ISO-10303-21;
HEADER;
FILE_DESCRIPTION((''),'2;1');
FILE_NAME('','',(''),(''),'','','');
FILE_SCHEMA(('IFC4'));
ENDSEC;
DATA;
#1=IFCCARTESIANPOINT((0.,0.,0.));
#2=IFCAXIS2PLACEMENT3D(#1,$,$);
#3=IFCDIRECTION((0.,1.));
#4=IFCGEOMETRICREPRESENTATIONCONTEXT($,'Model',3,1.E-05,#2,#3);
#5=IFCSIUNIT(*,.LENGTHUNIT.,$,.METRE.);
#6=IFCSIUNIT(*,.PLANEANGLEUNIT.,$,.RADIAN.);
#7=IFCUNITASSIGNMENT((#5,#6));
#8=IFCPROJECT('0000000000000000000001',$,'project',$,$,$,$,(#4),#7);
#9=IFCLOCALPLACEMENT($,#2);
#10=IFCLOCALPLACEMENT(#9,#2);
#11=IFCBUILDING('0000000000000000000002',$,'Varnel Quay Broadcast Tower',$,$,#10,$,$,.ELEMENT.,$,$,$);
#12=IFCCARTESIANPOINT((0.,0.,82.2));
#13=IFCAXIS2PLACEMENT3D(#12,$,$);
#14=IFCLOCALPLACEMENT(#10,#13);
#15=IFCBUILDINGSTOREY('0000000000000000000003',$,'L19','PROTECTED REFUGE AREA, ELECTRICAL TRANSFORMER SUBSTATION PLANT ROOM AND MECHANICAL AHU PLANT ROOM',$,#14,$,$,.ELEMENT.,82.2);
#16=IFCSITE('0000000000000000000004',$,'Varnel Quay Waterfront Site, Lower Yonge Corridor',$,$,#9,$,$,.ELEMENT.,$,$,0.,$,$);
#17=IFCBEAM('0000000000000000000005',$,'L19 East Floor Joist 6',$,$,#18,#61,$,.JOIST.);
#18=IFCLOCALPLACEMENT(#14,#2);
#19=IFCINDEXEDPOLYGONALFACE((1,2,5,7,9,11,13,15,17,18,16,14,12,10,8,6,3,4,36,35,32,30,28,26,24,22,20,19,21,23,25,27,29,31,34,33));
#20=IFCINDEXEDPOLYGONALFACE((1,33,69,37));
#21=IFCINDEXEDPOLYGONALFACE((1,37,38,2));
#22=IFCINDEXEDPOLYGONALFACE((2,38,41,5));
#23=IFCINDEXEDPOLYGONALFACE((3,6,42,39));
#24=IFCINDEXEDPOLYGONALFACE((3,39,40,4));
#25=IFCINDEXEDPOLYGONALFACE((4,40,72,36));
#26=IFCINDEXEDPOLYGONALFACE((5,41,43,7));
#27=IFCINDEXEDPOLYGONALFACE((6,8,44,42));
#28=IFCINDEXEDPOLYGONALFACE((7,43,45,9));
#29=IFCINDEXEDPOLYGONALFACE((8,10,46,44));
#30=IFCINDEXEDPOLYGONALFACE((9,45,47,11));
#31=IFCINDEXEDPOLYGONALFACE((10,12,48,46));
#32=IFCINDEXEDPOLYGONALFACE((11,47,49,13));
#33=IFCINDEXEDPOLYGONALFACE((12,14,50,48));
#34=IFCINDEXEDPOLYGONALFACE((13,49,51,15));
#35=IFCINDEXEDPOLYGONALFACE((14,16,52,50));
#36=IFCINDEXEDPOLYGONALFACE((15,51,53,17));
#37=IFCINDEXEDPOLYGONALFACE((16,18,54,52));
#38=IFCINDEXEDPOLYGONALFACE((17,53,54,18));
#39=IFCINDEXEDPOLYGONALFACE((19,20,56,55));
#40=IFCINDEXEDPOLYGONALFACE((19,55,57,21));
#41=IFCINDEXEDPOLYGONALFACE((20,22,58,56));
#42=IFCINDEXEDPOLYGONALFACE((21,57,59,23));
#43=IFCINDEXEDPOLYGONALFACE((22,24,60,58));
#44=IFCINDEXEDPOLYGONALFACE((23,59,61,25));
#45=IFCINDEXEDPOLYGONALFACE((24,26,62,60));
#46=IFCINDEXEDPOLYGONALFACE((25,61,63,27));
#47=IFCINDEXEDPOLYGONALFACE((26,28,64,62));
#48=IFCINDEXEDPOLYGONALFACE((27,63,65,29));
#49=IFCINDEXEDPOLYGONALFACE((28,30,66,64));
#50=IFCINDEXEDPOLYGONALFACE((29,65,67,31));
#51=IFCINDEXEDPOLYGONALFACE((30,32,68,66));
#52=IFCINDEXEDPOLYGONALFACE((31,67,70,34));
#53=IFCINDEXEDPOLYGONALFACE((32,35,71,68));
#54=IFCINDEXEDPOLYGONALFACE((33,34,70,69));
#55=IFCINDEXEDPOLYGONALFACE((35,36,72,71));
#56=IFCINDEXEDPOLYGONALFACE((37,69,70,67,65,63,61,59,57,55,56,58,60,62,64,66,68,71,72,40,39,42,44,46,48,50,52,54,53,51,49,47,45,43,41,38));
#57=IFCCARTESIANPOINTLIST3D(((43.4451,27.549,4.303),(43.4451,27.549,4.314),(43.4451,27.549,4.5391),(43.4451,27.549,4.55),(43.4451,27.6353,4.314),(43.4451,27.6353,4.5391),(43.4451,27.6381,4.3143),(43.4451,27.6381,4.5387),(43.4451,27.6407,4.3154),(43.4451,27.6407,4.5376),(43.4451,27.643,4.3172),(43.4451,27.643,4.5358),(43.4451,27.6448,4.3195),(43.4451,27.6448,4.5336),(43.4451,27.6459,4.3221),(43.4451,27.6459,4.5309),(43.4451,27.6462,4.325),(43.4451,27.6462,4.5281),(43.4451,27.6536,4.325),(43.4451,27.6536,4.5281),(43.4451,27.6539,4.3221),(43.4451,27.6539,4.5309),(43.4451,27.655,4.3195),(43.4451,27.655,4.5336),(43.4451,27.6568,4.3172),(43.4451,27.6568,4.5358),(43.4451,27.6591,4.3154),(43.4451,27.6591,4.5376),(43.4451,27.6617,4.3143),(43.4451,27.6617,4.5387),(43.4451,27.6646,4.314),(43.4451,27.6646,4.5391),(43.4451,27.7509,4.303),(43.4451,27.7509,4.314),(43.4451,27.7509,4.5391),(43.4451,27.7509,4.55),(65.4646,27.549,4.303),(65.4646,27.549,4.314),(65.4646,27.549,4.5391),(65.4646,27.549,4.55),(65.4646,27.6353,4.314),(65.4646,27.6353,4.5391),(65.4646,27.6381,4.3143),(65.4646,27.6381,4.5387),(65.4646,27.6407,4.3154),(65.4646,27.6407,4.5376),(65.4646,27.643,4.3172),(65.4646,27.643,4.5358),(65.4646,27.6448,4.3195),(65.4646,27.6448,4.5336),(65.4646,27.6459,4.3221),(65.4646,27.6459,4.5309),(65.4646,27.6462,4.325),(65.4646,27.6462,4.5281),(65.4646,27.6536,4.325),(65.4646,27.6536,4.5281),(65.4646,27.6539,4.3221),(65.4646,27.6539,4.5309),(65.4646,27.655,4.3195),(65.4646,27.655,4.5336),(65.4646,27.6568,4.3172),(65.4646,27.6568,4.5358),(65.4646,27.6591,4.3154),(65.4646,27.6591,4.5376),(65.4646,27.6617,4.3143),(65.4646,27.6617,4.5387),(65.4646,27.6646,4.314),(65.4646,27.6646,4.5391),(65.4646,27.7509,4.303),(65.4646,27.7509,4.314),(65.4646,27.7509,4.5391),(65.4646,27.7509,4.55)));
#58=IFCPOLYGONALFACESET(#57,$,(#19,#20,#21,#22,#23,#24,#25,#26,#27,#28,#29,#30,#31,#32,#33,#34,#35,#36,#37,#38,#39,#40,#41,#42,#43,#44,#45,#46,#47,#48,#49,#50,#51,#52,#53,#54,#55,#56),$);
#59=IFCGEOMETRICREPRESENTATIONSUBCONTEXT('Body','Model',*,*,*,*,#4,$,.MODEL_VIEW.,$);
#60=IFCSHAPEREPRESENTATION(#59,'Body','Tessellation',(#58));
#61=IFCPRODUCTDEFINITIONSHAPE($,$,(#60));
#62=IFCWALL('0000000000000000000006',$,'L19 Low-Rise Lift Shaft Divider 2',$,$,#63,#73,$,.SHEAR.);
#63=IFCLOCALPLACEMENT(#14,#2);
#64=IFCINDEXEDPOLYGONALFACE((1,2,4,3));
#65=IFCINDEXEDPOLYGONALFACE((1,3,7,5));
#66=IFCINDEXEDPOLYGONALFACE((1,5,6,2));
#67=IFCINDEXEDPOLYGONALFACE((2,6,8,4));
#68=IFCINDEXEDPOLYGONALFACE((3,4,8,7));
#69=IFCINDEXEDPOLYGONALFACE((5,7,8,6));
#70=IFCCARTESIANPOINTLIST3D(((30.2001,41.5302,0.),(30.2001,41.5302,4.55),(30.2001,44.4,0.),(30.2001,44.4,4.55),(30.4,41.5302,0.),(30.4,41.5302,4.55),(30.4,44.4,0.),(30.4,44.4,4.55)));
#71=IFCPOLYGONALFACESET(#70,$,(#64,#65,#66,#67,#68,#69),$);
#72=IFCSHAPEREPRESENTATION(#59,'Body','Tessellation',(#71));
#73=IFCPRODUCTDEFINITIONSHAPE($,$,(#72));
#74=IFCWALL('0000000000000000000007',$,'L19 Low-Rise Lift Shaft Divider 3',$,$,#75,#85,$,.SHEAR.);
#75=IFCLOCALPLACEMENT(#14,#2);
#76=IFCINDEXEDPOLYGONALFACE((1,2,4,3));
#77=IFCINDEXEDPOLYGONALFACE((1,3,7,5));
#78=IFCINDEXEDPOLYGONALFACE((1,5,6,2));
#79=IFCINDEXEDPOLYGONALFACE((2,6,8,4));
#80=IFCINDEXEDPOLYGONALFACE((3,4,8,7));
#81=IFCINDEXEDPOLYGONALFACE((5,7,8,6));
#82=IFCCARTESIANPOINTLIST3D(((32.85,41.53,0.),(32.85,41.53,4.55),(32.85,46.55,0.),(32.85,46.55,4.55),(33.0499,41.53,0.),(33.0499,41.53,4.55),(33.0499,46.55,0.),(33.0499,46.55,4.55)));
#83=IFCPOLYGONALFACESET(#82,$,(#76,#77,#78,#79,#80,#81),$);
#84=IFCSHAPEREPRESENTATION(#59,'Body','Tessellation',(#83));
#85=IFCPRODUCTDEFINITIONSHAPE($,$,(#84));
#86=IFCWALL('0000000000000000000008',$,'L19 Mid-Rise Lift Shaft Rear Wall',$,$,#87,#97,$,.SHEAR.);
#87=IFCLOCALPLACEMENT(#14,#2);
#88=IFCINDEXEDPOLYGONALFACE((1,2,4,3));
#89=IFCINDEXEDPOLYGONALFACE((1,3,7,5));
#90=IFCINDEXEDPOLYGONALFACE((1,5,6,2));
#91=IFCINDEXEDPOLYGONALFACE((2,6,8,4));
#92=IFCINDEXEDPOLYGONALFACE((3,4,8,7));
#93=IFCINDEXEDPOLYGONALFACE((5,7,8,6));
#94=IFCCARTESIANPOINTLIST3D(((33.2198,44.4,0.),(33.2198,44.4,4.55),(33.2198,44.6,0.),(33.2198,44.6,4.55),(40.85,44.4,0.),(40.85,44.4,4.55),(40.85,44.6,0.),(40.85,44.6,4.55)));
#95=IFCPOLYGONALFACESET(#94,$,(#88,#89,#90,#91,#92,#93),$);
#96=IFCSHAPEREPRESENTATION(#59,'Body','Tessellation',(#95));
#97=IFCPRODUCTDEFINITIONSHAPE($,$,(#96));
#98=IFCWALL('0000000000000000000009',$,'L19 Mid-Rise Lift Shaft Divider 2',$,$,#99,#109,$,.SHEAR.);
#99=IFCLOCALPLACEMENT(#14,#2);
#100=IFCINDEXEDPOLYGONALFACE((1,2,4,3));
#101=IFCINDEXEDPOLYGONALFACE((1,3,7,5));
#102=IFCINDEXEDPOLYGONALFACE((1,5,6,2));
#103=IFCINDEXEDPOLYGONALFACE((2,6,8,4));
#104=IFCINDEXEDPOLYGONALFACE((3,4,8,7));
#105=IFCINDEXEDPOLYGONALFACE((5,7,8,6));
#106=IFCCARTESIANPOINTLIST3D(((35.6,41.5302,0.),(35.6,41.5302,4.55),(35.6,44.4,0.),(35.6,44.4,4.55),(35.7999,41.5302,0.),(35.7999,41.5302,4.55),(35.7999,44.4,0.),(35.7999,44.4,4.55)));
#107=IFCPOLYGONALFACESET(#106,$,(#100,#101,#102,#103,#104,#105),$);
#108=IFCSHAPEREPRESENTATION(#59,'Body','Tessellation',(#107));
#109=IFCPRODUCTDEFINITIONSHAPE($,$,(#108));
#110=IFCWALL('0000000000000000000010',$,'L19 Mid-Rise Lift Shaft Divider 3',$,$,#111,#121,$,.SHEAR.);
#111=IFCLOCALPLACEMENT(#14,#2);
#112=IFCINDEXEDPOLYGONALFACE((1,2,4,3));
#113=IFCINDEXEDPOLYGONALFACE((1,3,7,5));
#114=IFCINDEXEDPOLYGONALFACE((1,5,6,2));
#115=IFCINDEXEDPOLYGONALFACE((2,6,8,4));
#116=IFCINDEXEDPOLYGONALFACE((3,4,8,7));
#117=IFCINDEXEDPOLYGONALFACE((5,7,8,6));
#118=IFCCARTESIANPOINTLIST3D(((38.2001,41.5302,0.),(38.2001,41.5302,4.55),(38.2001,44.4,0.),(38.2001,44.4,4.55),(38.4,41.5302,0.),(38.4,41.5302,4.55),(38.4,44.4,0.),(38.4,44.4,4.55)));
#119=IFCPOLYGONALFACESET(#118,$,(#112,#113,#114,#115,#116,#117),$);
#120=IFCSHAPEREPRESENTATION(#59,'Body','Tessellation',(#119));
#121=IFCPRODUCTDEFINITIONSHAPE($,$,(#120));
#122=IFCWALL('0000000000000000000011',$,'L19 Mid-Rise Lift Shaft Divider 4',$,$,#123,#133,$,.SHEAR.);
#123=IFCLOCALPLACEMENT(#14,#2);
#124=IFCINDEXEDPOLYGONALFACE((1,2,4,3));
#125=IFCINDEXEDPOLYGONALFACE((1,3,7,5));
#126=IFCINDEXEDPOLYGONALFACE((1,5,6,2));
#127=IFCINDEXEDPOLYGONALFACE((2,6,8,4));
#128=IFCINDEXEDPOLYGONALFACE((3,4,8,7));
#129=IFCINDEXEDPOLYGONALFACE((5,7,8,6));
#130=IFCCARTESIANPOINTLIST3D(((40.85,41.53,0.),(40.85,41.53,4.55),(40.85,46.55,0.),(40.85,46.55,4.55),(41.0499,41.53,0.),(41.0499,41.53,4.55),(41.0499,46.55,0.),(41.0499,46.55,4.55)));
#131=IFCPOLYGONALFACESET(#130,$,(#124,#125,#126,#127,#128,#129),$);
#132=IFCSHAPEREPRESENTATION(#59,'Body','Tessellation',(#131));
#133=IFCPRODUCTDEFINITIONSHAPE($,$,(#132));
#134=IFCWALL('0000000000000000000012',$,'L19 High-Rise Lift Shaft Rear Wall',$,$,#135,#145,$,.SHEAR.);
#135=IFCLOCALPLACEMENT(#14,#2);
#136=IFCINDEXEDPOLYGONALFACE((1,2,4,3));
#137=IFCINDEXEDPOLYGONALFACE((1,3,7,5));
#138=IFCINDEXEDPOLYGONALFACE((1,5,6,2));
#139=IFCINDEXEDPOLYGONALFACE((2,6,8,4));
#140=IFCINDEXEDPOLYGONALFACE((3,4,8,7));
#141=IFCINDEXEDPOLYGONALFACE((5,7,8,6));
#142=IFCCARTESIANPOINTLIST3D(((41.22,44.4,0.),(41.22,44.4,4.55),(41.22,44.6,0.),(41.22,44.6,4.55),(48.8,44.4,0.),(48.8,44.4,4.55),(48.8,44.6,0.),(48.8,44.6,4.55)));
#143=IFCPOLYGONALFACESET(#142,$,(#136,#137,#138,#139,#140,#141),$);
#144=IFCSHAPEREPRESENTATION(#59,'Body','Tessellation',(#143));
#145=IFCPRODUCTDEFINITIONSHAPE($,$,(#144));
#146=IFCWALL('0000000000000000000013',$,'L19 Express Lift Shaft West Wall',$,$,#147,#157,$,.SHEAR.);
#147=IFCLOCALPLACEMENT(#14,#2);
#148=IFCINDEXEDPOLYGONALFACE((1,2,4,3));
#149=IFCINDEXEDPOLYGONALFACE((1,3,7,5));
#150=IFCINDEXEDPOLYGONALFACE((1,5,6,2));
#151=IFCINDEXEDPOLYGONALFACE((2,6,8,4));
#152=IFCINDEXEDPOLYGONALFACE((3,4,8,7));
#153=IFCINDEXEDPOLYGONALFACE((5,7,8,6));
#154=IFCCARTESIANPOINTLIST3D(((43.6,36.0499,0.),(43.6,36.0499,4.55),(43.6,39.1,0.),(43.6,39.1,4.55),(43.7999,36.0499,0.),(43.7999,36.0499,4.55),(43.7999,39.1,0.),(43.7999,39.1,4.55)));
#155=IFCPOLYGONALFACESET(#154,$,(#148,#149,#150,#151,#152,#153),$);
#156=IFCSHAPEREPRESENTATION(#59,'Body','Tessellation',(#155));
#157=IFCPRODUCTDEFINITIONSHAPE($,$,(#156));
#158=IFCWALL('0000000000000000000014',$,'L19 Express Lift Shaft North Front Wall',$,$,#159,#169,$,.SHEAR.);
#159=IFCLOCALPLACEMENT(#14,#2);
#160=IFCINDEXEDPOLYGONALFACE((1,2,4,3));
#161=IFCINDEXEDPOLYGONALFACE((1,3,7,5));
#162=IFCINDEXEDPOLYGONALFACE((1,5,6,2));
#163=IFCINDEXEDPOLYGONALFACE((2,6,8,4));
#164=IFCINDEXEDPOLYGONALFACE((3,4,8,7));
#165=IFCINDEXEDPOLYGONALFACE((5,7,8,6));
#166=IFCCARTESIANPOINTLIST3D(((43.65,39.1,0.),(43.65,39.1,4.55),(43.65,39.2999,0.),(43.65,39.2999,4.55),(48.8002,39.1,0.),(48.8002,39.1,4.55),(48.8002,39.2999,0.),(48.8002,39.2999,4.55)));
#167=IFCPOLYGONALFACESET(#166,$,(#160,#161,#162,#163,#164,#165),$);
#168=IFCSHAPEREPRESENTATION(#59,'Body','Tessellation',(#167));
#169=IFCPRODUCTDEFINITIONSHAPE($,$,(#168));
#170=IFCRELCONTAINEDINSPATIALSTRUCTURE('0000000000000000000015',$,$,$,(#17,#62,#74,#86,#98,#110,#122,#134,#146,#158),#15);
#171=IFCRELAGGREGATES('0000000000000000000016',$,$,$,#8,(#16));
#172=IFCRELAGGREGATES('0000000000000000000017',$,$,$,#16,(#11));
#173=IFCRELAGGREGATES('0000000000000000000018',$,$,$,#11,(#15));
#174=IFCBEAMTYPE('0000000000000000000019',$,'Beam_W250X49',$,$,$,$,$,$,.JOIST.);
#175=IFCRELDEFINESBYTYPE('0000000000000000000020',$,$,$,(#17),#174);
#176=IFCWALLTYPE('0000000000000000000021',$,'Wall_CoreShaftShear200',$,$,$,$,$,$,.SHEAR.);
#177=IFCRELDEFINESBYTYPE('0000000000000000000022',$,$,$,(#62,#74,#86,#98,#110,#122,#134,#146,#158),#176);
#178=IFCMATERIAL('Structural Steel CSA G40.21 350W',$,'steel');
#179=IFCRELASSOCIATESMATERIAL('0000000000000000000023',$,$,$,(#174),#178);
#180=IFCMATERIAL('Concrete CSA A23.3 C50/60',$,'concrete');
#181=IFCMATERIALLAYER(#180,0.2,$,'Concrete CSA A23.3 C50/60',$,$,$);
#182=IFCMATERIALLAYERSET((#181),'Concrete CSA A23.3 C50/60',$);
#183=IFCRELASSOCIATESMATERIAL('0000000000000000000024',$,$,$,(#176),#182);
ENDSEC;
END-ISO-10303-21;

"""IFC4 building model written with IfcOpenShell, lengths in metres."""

from ifc_helpers import new_model, si_unit, direction, frame, frame_2d, origin, origin_2d, place, context, subcontext, project, spatial, rectangle, i_section, extrude, source, transform, mapped, material, layer, layer_set, material_profile, profile_set, type_object, type_shapes, element, save


model = new_model("IFC4")

# Units and contexts
model_context = context("Model", 3, precision=1e-05, world=origin(), true_north=direction((0.0, 1.0)))
body_context = subcontext(model_context, "Body", "Model", "MODEL_VIEW")
ifc_project = project(units=[si_unit("LENGTHUNIT", "METRE"), si_unit("PLANEANGLEUNIT", "RADIAN")], contexts=[model_context])

# Site, building, storey
site_placement = place(None, origin())
site = spatial("IfcSite", under=ifc_project, at=site_placement, Name="Varnel Quay Waterfront Site, Lower Yonge Corridor", CompositionType="ELEMENT", RefElevation=0.0)
building_placement = place(site_placement, origin())
building = spatial("IfcBuilding", under=site, at=building_placement, Name="Varnel Quay Broadcast Tower", CompositionType="ELEMENT")
storey_placement = place(building_placement, frame((0.0, 0.0, 82.2)))
storey = spatial("IfcBuildingStorey", under=building, at=storey_placement, Name="L19", Description="PROTECTED REFUGE AREA, ELECTRICAL TRANSFORMER SUBSTATION PLANT ROOM AND MECHANICAL AHU PLANT ROOM", CompositionType="ELEMENT", Elevation=82.2)

# Beam
ifc_material_1 = material(Name="Structural Steel CSA G40.21 350W", Category="steel")
ifc_material_profile_1 = material_profile(ifc_material_1, i_section(OverallWidth=0.2019, OverallDepth=0.2471, WebThickness=0.0073, FlangeThickness=0.011, FilletRadius=0.011, at=origin_2d()), Name="W250X49")
ifc_profile_set_1 = profile_set([ifc_material_profile_1], Name="Structural Steel CSA G40.21 350W")
beam_type_1 = type_object("IfcBeamType", Name="Beam_W250X49", PredefinedType="JOIST", material=ifc_profile_set_1)
shared_shape_1 = source(origin(), body_context, "Body", "SweptSolid", [
    extrude(i_section(OverallWidth=0.2019, OverallDepth=0.2471, WebThickness=0.0073, FlangeThickness=0.011, FilletRadius=0.011, at=origin_2d()), origin(), (0.0, 0.0, 1.0), 22.0195),
])
type_shapes(beam_type_1, [shared_shape_1])
beam_1_placement = place(storey_placement, frame((43.4451, 27.6499, 4.4265), z_axis=(1.0, 0.0, 0.0), x_axis=(0.0, 1.0, 0.0)))
element("IfcBeam", 1, at=beam_1_placement, inside=storey, type_object=beam_type_1, Name="L19 East Floor Joist 6", PredefinedType="JOIST", context=body_context, shape_type="MappedRepresentation", body=[
    mapped(shared_shape_1, transform((0.0, 0.0, 0.0), x_axis=(1.0, 0.0, 0.0), y_axis=(0.0, 1.0, 0.0), z_axis=(0.0, 0.0, 1.0), scale=1.0)),
])

# Walls
ifc_material_2 = material(Name="Concrete CSA A23.3 C50/60", Category="concrete")
ifc_layer_1 = layer(ifc_material_2, 0.2, Name="Concrete CSA A23.3 C50/60")
ifc_layer_set_1 = layer_set([ifc_layer_1], Name="Concrete CSA A23.3 C50/60")
wall_type_1 = type_object("IfcWallType", Name="Wall_CoreShaftShear200", PredefinedType="SHEAR", material=ifc_layer_set_1)
wall_1_placement = place(storey_placement, frame((30.3, 41.53, 0.0), z_axis=(0.0, 0.0, 1.0), x_axis=(0.0, 1.0, 0.0)))
element("IfcWall", 2, at=wall_1_placement, inside=storey, type_object=wall_type_1, Name="L19 Low-Rise Lift Shaft Divider 2", PredefinedType="SHEAR", context=body_context, shape_type="SweptSolid", body=[
    extrude(rectangle(XDim=2.8699, YDim=0.2, at=frame_2d((1.4351, 0.0))), origin(), (0.0, 0.0, 1.0), 4.55),
])
wall_2_placement = place(storey_placement, frame((32.95, 41.53, 0.0), z_axis=(0.0, 0.0, 1.0), x_axis=(0.0, 1.0, 0.0)))
element("IfcWall", 3, at=wall_2_placement, inside=storey, type_object=wall_type_1, Name="L19 Low-Rise Lift Shaft Divider 3", PredefinedType="SHEAR", context=body_context, shape_type="SweptSolid", body=[
    extrude(rectangle(XDim=5.02, YDim=0.2, at=frame_2d((2.51, 0.0))), origin(), (0.0, 0.0, 1.0), 4.55),
])
wall_3_placement = place(storey_placement, frame((33.22, 44.5, 0.0), z_axis=(0.0, 0.0, 1.0), x_axis=(1.0, 0.0, 0.0)))
element("IfcWall", 4, at=wall_3_placement, inside=storey, type_object=wall_type_1, Name="L19 Mid-Rise Lift Shaft Rear Wall", PredefinedType="SHEAR", context=body_context, shape_type="SweptSolid", body=[
    extrude(rectangle(XDim=7.6301, YDim=0.2, at=frame_2d((3.8149, 0.0))), origin(), (0.0, 0.0, 1.0), 4.55),
])
for number, where, z_axis, x_axis, name in (
    (5, (35.7, 41.53, 0.0), (0.0, 0.0, 1.0), (0.0, 1.0, 0.0), "L19 Mid-Rise Lift Shaft Divider 2"),
    (6, (38.3, 41.53, 0.0), (0.0, 0.0, 1.0), (0.0, 1.0, 0.0), "L19 Mid-Rise Lift Shaft Divider 3"),
):
    element("IfcWall", number, at=place(storey_placement, frame(where, z_axis=z_axis, x_axis=x_axis)), inside=storey, type_object=wall_type_1, Name=name, PredefinedType="SHEAR", context=body_context, shape_type="SweptSolid", body=[
        extrude(rectangle(XDim=2.8699, YDim=0.2, at=frame_2d((1.4351, 0.0))), origin(), (0.0, 0.0, 1.0), 4.55),
    ])
wall_4_placement = place(storey_placement, frame((40.95, 41.53, 0.0), z_axis=(0.0, 0.0, 1.0), x_axis=(0.0, 1.0, 0.0)))
element("IfcWall", 7, at=wall_4_placement, inside=storey, type_object=wall_type_1, Name="L19 Mid-Rise Lift Shaft Divider 4", PredefinedType="SHEAR", context=body_context, shape_type="SweptSolid", body=[
    extrude(rectangle(XDim=5.02, YDim=0.2, at=frame_2d((2.51, 0.0))), origin(), (0.0, 0.0, 1.0), 4.55),
])
wall_5_placement = place(storey_placement, frame((41.22, 44.5, 0.0), z_axis=(0.0, 0.0, 1.0), x_axis=(1.0, 0.0, 0.0)))
element("IfcWall", 8, at=wall_5_placement, inside=storey, type_object=wall_type_1, Name="L19 High-Rise Lift Shaft Rear Wall", PredefinedType="SHEAR", context=body_context, shape_type="SweptSolid", body=[
    extrude(rectangle(XDim=7.5801, YDim=0.2, at=frame_2d((3.79, 0.0))), origin(), (0.0, 0.0, 1.0), 4.55),
])
wall_6_placement = place(storey_placement, frame((43.7, 36.05, 0.0), z_axis=(0.0, 0.0, 1.0), x_axis=(0.0, 1.0, 0.0)))
element("IfcWall", 9, at=wall_6_placement, inside=storey, type_object=wall_type_1, Name="L19 Express Lift Shaft West Wall", PredefinedType="SHEAR", context=body_context, shape_type="SweptSolid", body=[
    extrude(rectangle(XDim=3.05, YDim=0.2, at=frame_2d((1.5249, 0.0))), origin(), (0.0, 0.0, 1.0), 4.55),
])
wall_7_placement = place(storey_placement, frame((43.6499, 39.2, 0.0), z_axis=(0.0, 0.0, 1.0), x_axis=(1.0, 0.0, 0.0)))
element("IfcWall", 10, at=wall_7_placement, inside=storey, type_object=wall_type_1, Name="L19 Express Lift Shaft North Front Wall", PredefinedType="SHEAR", context=body_context, shape_type="SweptSolid", body=[
    extrude(rectangle(XDim=5.1501, YDim=0.2, at=frame_2d((2.5752, 0.0))), origin(), (0.0, 0.0, 1.0), 4.55),
])

save(model, "model.ifc")
